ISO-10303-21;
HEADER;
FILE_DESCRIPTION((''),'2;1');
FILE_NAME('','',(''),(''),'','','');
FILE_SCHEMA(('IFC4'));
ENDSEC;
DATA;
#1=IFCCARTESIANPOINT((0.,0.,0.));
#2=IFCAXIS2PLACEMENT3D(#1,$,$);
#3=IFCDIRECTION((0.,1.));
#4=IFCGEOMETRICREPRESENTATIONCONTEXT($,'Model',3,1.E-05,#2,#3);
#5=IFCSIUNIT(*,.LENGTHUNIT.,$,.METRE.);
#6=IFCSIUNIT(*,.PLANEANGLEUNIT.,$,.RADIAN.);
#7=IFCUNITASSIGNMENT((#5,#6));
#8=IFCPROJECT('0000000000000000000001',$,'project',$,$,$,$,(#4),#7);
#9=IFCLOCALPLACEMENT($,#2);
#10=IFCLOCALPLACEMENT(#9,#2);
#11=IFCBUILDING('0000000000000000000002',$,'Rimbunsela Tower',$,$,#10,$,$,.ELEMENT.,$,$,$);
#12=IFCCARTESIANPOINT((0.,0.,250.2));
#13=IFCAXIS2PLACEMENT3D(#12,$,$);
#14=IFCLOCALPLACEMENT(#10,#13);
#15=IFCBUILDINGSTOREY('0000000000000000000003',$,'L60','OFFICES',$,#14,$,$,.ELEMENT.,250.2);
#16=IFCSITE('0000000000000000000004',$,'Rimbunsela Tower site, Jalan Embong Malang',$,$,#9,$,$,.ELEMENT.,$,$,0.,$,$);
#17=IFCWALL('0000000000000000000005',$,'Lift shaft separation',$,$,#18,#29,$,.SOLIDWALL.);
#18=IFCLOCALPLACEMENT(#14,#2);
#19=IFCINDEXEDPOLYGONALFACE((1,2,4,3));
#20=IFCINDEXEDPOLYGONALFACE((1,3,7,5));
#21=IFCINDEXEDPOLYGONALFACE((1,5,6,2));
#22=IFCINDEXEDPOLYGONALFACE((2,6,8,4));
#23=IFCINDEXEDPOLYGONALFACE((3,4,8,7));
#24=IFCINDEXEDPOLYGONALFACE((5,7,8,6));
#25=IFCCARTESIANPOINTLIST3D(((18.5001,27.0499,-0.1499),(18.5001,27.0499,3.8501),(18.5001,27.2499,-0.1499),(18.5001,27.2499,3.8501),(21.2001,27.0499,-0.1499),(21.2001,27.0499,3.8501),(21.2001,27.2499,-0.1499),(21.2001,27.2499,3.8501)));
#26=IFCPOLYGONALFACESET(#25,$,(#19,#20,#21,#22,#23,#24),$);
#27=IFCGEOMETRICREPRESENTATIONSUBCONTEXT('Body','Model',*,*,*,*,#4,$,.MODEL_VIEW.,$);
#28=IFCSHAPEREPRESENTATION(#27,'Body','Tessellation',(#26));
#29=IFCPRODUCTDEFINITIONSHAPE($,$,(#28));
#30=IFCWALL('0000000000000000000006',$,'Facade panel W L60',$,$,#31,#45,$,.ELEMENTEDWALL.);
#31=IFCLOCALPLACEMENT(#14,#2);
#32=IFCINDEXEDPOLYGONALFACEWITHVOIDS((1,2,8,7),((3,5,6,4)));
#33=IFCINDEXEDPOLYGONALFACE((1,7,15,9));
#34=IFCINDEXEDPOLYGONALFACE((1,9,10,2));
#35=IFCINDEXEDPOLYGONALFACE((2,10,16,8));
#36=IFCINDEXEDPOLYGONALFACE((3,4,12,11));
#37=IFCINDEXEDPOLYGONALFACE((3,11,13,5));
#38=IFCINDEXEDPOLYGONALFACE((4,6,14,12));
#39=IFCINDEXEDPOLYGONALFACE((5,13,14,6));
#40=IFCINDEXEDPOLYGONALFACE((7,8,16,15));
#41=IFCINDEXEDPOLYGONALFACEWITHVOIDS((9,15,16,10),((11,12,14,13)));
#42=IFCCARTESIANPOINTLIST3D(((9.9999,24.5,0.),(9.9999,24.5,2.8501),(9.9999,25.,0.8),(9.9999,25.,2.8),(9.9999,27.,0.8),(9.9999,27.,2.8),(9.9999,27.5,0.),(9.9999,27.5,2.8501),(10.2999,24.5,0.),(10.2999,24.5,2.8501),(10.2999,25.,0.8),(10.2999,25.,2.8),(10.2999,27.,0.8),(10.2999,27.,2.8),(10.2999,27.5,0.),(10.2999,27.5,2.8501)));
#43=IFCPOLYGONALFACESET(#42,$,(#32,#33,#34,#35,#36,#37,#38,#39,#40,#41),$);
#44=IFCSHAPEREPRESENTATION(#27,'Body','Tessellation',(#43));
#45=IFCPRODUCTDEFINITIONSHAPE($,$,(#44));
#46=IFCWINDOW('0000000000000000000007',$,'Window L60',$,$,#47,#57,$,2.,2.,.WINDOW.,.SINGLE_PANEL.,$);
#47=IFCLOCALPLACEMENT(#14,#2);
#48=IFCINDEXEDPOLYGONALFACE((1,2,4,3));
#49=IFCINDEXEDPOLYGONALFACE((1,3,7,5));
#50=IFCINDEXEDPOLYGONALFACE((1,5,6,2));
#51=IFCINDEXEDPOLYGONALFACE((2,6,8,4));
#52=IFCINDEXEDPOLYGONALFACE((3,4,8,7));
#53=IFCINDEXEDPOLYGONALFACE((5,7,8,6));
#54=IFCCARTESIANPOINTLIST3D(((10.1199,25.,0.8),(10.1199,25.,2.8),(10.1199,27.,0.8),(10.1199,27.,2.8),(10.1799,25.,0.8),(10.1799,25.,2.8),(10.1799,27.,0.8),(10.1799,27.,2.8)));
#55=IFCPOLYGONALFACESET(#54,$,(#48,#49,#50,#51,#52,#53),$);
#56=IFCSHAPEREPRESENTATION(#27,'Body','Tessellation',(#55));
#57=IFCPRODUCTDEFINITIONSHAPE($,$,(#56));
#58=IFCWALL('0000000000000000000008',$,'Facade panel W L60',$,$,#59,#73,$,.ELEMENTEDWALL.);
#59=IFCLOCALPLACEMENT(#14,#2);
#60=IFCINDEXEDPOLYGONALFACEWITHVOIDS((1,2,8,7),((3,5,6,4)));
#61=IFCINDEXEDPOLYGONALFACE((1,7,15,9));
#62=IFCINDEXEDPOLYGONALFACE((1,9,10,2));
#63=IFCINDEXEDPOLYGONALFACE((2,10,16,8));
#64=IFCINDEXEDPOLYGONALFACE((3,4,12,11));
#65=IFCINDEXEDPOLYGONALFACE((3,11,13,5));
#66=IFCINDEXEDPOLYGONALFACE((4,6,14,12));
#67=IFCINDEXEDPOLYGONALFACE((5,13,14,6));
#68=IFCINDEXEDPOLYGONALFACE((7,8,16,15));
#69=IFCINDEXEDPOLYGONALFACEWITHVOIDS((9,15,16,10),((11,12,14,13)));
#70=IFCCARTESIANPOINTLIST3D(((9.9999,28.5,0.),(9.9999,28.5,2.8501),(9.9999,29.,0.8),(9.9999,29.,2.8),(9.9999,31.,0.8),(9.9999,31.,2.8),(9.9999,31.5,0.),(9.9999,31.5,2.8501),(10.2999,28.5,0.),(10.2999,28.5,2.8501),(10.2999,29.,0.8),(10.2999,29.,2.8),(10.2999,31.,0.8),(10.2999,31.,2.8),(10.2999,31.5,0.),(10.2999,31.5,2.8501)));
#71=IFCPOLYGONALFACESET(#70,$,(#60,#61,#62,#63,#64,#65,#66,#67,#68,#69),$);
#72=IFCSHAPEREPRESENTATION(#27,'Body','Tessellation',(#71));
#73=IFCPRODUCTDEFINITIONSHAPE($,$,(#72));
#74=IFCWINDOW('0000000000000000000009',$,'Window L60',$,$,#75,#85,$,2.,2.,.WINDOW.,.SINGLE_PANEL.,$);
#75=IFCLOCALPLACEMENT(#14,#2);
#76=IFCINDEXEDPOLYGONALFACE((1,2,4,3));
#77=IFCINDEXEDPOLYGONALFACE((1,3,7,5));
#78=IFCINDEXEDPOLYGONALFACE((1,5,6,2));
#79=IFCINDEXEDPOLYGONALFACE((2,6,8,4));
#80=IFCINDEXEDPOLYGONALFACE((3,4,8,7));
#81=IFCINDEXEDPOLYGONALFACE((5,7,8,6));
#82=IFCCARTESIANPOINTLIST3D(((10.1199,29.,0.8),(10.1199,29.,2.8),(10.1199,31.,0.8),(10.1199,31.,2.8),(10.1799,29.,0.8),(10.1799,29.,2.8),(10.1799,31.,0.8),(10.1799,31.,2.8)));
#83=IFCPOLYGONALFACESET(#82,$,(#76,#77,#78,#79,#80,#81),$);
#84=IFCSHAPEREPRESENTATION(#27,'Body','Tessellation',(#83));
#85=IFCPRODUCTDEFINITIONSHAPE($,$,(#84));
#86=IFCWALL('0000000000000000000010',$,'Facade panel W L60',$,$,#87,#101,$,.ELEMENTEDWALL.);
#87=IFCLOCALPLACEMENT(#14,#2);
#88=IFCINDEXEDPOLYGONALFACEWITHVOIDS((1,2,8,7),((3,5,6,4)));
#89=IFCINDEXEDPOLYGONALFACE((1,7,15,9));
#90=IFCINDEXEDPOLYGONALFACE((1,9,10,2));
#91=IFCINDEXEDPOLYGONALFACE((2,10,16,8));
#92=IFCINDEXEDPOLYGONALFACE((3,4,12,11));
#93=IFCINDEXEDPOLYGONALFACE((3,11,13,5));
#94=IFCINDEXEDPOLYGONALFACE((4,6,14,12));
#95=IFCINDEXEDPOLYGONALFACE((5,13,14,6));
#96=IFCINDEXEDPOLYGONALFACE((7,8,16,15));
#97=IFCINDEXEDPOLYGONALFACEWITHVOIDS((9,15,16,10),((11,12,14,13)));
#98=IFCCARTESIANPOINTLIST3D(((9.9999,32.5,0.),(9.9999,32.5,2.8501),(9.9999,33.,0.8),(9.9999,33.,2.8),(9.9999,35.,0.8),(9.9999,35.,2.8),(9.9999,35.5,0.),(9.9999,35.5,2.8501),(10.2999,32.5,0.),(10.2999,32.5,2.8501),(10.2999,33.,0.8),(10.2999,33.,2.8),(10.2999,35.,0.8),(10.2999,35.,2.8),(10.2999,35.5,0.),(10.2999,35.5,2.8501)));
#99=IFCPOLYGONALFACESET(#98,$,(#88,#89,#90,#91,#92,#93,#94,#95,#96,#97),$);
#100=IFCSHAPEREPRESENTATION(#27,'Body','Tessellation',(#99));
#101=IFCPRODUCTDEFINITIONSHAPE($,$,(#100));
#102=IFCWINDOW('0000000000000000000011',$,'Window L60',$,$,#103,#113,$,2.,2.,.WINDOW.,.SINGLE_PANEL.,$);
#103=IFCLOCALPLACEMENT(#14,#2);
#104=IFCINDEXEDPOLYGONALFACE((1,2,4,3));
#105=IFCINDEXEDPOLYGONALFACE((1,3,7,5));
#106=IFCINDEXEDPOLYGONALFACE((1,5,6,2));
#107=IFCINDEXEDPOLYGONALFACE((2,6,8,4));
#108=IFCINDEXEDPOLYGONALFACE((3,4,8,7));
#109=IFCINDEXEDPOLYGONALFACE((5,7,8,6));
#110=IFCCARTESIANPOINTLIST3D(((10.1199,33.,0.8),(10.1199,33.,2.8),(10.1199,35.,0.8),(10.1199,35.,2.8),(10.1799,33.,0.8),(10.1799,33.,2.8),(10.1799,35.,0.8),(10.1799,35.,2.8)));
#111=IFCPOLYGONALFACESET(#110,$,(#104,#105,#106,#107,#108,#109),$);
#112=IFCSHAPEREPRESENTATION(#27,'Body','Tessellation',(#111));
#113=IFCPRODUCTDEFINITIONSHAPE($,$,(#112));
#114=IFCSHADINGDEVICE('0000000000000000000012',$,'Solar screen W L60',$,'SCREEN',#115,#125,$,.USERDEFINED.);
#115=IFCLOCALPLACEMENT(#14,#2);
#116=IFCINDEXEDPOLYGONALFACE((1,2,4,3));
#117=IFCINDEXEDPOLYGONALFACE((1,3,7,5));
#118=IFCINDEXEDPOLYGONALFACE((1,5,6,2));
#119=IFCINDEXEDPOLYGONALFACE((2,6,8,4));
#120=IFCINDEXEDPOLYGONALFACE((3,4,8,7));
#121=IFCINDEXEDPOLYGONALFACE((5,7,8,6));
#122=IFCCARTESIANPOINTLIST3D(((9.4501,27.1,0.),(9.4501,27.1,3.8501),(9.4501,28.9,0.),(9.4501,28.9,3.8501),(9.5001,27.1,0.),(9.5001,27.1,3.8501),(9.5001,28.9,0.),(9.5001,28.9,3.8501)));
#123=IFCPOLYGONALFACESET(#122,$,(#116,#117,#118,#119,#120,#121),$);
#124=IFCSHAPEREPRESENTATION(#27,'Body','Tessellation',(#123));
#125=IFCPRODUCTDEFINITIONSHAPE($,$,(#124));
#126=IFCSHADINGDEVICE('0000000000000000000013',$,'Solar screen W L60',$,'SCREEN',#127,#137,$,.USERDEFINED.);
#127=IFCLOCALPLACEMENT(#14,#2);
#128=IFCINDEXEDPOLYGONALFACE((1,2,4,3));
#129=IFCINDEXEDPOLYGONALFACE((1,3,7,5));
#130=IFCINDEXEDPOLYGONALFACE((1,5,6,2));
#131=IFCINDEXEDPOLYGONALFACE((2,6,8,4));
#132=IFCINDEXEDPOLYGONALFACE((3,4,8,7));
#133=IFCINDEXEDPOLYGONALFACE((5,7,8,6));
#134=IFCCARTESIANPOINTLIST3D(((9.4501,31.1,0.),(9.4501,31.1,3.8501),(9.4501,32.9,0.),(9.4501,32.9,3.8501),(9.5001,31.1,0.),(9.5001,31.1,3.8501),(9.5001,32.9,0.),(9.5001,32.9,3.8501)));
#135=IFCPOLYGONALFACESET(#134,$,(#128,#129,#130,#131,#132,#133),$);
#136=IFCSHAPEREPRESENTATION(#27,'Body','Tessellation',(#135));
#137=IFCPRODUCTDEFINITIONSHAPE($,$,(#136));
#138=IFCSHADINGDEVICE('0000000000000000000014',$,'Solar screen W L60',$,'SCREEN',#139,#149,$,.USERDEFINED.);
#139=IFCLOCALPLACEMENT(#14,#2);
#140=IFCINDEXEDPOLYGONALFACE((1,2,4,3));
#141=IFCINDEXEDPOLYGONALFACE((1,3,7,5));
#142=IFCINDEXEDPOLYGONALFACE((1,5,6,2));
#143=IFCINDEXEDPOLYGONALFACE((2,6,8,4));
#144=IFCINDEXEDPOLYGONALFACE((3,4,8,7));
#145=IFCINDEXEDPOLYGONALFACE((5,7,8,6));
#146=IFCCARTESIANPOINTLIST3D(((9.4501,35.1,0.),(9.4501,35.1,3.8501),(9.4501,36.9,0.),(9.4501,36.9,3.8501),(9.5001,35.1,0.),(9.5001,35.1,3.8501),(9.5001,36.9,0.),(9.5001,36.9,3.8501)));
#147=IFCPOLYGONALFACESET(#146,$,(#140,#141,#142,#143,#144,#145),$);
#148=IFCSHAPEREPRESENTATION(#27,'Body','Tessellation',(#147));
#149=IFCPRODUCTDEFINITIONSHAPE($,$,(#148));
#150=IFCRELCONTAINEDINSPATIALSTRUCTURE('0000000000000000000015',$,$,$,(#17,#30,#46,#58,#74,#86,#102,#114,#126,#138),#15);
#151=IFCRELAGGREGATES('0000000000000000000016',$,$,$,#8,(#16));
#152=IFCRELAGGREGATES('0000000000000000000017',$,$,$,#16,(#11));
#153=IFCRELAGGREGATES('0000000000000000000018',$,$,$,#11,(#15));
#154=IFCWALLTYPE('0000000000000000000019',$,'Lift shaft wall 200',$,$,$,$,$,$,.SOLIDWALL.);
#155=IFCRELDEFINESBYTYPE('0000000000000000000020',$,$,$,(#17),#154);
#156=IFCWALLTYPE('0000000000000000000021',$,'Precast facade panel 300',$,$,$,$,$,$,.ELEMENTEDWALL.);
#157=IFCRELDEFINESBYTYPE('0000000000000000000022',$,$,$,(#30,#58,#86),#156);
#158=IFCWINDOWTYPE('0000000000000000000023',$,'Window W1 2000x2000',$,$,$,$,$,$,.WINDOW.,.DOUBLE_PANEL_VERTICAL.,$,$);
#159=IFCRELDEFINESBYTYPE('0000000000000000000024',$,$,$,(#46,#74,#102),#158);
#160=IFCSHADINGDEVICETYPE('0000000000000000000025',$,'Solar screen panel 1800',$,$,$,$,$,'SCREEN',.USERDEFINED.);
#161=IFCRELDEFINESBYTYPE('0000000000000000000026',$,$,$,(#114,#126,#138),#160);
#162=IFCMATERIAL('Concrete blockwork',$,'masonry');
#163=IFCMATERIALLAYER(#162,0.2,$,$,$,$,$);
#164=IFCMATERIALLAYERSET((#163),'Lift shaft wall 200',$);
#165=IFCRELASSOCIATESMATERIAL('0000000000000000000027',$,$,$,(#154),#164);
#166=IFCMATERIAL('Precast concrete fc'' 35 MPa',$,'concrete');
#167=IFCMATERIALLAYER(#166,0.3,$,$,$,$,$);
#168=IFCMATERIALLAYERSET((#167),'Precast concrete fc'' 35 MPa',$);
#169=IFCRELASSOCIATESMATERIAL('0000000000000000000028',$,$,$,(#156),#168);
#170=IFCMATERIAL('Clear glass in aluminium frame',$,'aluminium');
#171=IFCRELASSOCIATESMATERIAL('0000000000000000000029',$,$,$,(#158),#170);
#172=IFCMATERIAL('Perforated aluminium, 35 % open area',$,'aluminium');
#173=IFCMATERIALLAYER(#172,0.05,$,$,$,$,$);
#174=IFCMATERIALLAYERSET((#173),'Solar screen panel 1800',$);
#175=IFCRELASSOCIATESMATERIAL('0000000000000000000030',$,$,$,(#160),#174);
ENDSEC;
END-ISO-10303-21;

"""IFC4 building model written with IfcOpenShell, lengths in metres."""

from ifc_helpers import new_model, si_unit, direction, frame, frame_2d, origin, origin_2d, place, context, subcontext, project, spatial, rectangle, extrude, material, layer, layer_set, type_object, element, fill, save


model = new_model("IFC4")

# Units and contexts
model_context = context("Model", 3, precision=1e-05, world=origin(), true_north=direction((0.0, 1.0)))
body_context = subcontext(model_context, "Body", "Model", "MODEL_VIEW")
ifc_project = project(units=[si_unit("LENGTHUNIT", "METRE"), si_unit("PLANEANGLEUNIT", "RADIAN")], contexts=[model_context])

# Site, building, storey
site_placement = place(None, origin())
site = spatial("IfcSite", under=ifc_project, at=site_placement, Name="Rimbunsela Tower site, Jalan Embong Malang", CompositionType="ELEMENT", RefElevation=0.0)
building_placement = place(site_placement, origin())
building = spatial("IfcBuilding", under=site, at=building_placement, Name="Rimbunsela Tower", CompositionType="ELEMENT")
storey_placement = place(building_placement, frame((0.0, 0.0, 250.2)))
storey = spatial("IfcBuildingStorey", under=building, at=storey_placement, Name="L60", Description="OFFICES", CompositionType="ELEMENT", Elevation=250.2)

# Wall
ifc_material_1 = material(Name="Concrete blockwork", Category="masonry")
ifc_layer_1 = layer(ifc_material_1, 0.2)
ifc_layer_set_1 = layer_set([ifc_layer_1], Name="Lift shaft wall 200")
wall_type_1 = type_object("IfcWallType", Name="Lift shaft wall 200", PredefinedType="SOLIDWALL", material=ifc_layer_set_1)
wall_1_placement = place(storey_placement, frame((18.5, 27.1499, -0.1499), z_axis=(0.0, 0.0, 1.0), x_axis=(1.0, 0.0, 0.0)))
element("IfcWall", 1, at=wall_1_placement, inside=storey, type_object=wall_type_1, Name="Lift shaft separation", PredefinedType="SOLIDWALL", context=body_context, shape_type="SweptSolid", body=[
    extrude(rectangle(XDim=2.7, YDim=0.2, at=frame_2d((1.3501, 0.0))), origin(), (0.0, 0.0, 1.0), 4.0),
])

# Walls, openings, windows
ifc_material_2 = material(Name="Precast concrete fc' 35 MPa", Category="concrete")
ifc_layer_2 = layer(ifc_material_2, 0.3)
ifc_layer_set_2 = layer_set([ifc_layer_2], Name="Precast concrete fc' 35 MPa")
wall_type_2 = type_object("IfcWallType", Name="Precast facade panel 300", PredefinedType="ELEMENTEDWALL", material=ifc_layer_set_2)
wall_2_placement = place(storey_placement, frame((10.1499, 27.5, 0.0), z_axis=(0.0, 0.0, 1.0), x_axis=(0.0, -1.0, 0.0)))
wall_2 = element("IfcWall", 2, at=wall_2_placement, inside=storey, type_object=wall_type_2, Name="Facade panel W L60", PredefinedType="ELEMENTEDWALL", context=body_context, shape_type="SweptSolid", body=[
    extrude(rectangle(XDim=3.0, YDim=0.3, at=frame_2d((1.5, 0.0))), origin(), (0.0, 0.0, 1.0), 2.8501),
])
opening_1_placement = place(wall_2_placement, frame((0.5, 0.0, 0.8)))
opening_1 = element("IfcOpeningElement", 3, at=opening_1_placement, cuts=wall_2, PredefinedType="OPENING", context=body_context, shape_type="SweptSolid", body=[
    extrude(rectangle(XDim=2.0, YDim=2.0, at=frame_2d((1.0, 1.0))), frame((0.0, 0.1599, 0.0), z_axis=(0.0, -1.0, 0.0), x_axis=(1.0, 0.0, 0.0)), (0.0, 0.0, 1.0), 0.3201),
])
ifc_material_3 = material(Name="Clear glass in aluminium frame", Category="aluminium")
window_type = type_object("IfcWindowType", Name="Window W1 2000x2000", PartitioningType="DOUBLE_PANEL_VERTICAL", PredefinedType="WINDOW", material=ifc_material_3)
window_1_placement = place(opening_1_placement, origin())
window_1 = element("IfcWindow", 4, at=window_1_placement, inside=storey, type_object=window_type, Name="Window L60", OverallHeight=2.0, OverallWidth=2.0, PartitioningType="SINGLE_PANEL", PredefinedType="WINDOW", context=body_context, shape_type="SweptSolid", body=[
    extrude(rectangle(XDim=2.0, YDim=2.0, at=frame_2d((1.0, 1.0))), frame((0.0, 0.03, 0.0), z_axis=(0.0, -1.0, 0.0), x_axis=(1.0, 0.0, 0.0)), (0.0, 0.0, 1.0), 0.0601),
])
fill(opening_1, window_1)
wall_3_placement = place(storey_placement, frame((10.1499, 31.5, 0.0), z_axis=(0.0, 0.0, 1.0), x_axis=(0.0, -1.0, 0.0)))
wall_3 = element("IfcWall", 5, at=wall_3_placement, inside=storey, type_object=wall_type_2, Name="Facade panel W L60", PredefinedType="ELEMENTEDWALL", context=body_context, shape_type="SweptSolid", body=[
    extrude(rectangle(XDim=3.0, YDim=0.3, at=frame_2d((1.5, 0.0))), origin(), (0.0, 0.0, 1.0), 2.8501),
])
opening_2_placement = place(wall_3_placement, frame((0.5, 0.0, 0.8)))
opening_2 = element("IfcOpeningElement", 6, at=opening_2_placement, cuts=wall_3, PredefinedType="OPENING", context=body_context, shape_type="SweptSolid", body=[
    extrude(rectangle(XDim=2.0, YDim=2.0, at=frame_2d((1.0, 1.0))), frame((0.0, 0.1599, 0.0), z_axis=(0.0, -1.0, 0.0), x_axis=(1.0, 0.0, 0.0)), (0.0, 0.0, 1.0), 0.3201),
])
window_2_placement = place(opening_2_placement, origin())
window_2 = element("IfcWindow", 7, at=window_2_placement, inside=storey, type_object=window_type, Name="Window L60", OverallHeight=2.0, OverallWidth=2.0, PartitioningType="SINGLE_PANEL", PredefinedType="WINDOW", context=body_context, shape_type="SweptSolid", body=[
    extrude(rectangle(XDim=2.0, YDim=2.0, at=frame_2d((1.0, 1.0))), frame((0.0, 0.03, 0.0), z_axis=(0.0, -1.0, 0.0), x_axis=(1.0, 0.0, 0.0)), (0.0, 0.0, 1.0), 0.0601),
])
fill(opening_2, window_2)
wall_4_placement = place(storey_placement, frame((10.1499, 35.5, 0.0), z_axis=(0.0, 0.0, 1.0), x_axis=(0.0, -1.0, 0.0)))
wall_4 = element("IfcWall", 8, at=wall_4_placement, inside=storey, type_object=wall_type_2, Name="Facade panel W L60", PredefinedType="ELEMENTEDWALL", context=body_context, shape_type="SweptSolid", body=[
    extrude(rectangle(XDim=3.0, YDim=0.3, at=frame_2d((1.5, 0.0))), origin(), (0.0, 0.0, 1.0), 2.8501),
])
opening_3_placement = place(wall_4_placement, frame((0.5, 0.0, 0.8)))
opening_3 = element("IfcOpeningElement", 9, at=opening_3_placement, cuts=wall_4, PredefinedType="OPENING", context=body_context, shape_type="SweptSolid", body=[
    extrude(rectangle(XDim=2.0, YDim=2.0, at=frame_2d((1.0, 1.0))), frame((0.0, 0.1599, 0.0), z_axis=(0.0, -1.0, 0.0), x_axis=(1.0, 0.0, 0.0)), (0.0, 0.0, 1.0), 0.3201),
])
window_3_placement = place(opening_3_placement, origin())
window_3 = element("IfcWindow", 10, at=window_3_placement, inside=storey, type_object=window_type, Name="Window L60", OverallHeight=2.0, OverallWidth=2.0, PartitioningType="SINGLE_PANEL", PredefinedType="WINDOW", context=body_context, shape_type="SweptSolid", body=[
    extrude(rectangle(XDim=2.0, YDim=2.0, at=frame_2d((1.0, 1.0))), frame((0.0, 0.03, 0.0), z_axis=(0.0, -1.0, 0.0), x_axis=(1.0, 0.0, 0.0)), (0.0, 0.0, 1.0), 0.0601),
])
fill(opening_3, window_3)

# Shading devices
ifc_material_4 = material(Name="Perforated aluminium, 35 % open area", Category="aluminium")
ifc_layer_3 = layer(ifc_material_4, 0.05)
ifc_layer_set_3 = layer_set([ifc_layer_3], Name="Solar screen panel 1800")
shading_device_type = type_object("IfcShadingDeviceType", Name="Solar screen panel 1800", ElementType="SCREEN", PredefinedType="USERDEFINED", material=ifc_layer_set_3)
for number, where, z_axis, x_axis, name in (
    (11, (9.4751, 28.0, 0.0), (0.0, 0.0, 1.0), (0.0, 1.0, 0.0), "Solar screen W L60"),
    (12, (9.4751, 32.0, 0.0), (0.0, 0.0, 1.0), (0.0, 1.0, 0.0), "Solar screen W L60"),
    (13, (9.4751, 36.0, 0.0), (0.0, 0.0, 1.0), (0.0, 1.0, 0.0), "Solar screen W L60"),
):
    element("IfcShadingDevice", number, at=place(storey_placement, frame(where, z_axis=z_axis, x_axis=x_axis)), inside=storey, type_object=shading_device_type, Name=name, ObjectType="SCREEN", PredefinedType="USERDEFINED", context=body_context, shape_type="SweptSolid", body=[
        extrude(rectangle(XDim=1.8, YDim=0.05, at=origin_2d()), origin(), (0.0, 0.0, 1.0), 3.8501),
    ])

save(model, "model.ifc")
